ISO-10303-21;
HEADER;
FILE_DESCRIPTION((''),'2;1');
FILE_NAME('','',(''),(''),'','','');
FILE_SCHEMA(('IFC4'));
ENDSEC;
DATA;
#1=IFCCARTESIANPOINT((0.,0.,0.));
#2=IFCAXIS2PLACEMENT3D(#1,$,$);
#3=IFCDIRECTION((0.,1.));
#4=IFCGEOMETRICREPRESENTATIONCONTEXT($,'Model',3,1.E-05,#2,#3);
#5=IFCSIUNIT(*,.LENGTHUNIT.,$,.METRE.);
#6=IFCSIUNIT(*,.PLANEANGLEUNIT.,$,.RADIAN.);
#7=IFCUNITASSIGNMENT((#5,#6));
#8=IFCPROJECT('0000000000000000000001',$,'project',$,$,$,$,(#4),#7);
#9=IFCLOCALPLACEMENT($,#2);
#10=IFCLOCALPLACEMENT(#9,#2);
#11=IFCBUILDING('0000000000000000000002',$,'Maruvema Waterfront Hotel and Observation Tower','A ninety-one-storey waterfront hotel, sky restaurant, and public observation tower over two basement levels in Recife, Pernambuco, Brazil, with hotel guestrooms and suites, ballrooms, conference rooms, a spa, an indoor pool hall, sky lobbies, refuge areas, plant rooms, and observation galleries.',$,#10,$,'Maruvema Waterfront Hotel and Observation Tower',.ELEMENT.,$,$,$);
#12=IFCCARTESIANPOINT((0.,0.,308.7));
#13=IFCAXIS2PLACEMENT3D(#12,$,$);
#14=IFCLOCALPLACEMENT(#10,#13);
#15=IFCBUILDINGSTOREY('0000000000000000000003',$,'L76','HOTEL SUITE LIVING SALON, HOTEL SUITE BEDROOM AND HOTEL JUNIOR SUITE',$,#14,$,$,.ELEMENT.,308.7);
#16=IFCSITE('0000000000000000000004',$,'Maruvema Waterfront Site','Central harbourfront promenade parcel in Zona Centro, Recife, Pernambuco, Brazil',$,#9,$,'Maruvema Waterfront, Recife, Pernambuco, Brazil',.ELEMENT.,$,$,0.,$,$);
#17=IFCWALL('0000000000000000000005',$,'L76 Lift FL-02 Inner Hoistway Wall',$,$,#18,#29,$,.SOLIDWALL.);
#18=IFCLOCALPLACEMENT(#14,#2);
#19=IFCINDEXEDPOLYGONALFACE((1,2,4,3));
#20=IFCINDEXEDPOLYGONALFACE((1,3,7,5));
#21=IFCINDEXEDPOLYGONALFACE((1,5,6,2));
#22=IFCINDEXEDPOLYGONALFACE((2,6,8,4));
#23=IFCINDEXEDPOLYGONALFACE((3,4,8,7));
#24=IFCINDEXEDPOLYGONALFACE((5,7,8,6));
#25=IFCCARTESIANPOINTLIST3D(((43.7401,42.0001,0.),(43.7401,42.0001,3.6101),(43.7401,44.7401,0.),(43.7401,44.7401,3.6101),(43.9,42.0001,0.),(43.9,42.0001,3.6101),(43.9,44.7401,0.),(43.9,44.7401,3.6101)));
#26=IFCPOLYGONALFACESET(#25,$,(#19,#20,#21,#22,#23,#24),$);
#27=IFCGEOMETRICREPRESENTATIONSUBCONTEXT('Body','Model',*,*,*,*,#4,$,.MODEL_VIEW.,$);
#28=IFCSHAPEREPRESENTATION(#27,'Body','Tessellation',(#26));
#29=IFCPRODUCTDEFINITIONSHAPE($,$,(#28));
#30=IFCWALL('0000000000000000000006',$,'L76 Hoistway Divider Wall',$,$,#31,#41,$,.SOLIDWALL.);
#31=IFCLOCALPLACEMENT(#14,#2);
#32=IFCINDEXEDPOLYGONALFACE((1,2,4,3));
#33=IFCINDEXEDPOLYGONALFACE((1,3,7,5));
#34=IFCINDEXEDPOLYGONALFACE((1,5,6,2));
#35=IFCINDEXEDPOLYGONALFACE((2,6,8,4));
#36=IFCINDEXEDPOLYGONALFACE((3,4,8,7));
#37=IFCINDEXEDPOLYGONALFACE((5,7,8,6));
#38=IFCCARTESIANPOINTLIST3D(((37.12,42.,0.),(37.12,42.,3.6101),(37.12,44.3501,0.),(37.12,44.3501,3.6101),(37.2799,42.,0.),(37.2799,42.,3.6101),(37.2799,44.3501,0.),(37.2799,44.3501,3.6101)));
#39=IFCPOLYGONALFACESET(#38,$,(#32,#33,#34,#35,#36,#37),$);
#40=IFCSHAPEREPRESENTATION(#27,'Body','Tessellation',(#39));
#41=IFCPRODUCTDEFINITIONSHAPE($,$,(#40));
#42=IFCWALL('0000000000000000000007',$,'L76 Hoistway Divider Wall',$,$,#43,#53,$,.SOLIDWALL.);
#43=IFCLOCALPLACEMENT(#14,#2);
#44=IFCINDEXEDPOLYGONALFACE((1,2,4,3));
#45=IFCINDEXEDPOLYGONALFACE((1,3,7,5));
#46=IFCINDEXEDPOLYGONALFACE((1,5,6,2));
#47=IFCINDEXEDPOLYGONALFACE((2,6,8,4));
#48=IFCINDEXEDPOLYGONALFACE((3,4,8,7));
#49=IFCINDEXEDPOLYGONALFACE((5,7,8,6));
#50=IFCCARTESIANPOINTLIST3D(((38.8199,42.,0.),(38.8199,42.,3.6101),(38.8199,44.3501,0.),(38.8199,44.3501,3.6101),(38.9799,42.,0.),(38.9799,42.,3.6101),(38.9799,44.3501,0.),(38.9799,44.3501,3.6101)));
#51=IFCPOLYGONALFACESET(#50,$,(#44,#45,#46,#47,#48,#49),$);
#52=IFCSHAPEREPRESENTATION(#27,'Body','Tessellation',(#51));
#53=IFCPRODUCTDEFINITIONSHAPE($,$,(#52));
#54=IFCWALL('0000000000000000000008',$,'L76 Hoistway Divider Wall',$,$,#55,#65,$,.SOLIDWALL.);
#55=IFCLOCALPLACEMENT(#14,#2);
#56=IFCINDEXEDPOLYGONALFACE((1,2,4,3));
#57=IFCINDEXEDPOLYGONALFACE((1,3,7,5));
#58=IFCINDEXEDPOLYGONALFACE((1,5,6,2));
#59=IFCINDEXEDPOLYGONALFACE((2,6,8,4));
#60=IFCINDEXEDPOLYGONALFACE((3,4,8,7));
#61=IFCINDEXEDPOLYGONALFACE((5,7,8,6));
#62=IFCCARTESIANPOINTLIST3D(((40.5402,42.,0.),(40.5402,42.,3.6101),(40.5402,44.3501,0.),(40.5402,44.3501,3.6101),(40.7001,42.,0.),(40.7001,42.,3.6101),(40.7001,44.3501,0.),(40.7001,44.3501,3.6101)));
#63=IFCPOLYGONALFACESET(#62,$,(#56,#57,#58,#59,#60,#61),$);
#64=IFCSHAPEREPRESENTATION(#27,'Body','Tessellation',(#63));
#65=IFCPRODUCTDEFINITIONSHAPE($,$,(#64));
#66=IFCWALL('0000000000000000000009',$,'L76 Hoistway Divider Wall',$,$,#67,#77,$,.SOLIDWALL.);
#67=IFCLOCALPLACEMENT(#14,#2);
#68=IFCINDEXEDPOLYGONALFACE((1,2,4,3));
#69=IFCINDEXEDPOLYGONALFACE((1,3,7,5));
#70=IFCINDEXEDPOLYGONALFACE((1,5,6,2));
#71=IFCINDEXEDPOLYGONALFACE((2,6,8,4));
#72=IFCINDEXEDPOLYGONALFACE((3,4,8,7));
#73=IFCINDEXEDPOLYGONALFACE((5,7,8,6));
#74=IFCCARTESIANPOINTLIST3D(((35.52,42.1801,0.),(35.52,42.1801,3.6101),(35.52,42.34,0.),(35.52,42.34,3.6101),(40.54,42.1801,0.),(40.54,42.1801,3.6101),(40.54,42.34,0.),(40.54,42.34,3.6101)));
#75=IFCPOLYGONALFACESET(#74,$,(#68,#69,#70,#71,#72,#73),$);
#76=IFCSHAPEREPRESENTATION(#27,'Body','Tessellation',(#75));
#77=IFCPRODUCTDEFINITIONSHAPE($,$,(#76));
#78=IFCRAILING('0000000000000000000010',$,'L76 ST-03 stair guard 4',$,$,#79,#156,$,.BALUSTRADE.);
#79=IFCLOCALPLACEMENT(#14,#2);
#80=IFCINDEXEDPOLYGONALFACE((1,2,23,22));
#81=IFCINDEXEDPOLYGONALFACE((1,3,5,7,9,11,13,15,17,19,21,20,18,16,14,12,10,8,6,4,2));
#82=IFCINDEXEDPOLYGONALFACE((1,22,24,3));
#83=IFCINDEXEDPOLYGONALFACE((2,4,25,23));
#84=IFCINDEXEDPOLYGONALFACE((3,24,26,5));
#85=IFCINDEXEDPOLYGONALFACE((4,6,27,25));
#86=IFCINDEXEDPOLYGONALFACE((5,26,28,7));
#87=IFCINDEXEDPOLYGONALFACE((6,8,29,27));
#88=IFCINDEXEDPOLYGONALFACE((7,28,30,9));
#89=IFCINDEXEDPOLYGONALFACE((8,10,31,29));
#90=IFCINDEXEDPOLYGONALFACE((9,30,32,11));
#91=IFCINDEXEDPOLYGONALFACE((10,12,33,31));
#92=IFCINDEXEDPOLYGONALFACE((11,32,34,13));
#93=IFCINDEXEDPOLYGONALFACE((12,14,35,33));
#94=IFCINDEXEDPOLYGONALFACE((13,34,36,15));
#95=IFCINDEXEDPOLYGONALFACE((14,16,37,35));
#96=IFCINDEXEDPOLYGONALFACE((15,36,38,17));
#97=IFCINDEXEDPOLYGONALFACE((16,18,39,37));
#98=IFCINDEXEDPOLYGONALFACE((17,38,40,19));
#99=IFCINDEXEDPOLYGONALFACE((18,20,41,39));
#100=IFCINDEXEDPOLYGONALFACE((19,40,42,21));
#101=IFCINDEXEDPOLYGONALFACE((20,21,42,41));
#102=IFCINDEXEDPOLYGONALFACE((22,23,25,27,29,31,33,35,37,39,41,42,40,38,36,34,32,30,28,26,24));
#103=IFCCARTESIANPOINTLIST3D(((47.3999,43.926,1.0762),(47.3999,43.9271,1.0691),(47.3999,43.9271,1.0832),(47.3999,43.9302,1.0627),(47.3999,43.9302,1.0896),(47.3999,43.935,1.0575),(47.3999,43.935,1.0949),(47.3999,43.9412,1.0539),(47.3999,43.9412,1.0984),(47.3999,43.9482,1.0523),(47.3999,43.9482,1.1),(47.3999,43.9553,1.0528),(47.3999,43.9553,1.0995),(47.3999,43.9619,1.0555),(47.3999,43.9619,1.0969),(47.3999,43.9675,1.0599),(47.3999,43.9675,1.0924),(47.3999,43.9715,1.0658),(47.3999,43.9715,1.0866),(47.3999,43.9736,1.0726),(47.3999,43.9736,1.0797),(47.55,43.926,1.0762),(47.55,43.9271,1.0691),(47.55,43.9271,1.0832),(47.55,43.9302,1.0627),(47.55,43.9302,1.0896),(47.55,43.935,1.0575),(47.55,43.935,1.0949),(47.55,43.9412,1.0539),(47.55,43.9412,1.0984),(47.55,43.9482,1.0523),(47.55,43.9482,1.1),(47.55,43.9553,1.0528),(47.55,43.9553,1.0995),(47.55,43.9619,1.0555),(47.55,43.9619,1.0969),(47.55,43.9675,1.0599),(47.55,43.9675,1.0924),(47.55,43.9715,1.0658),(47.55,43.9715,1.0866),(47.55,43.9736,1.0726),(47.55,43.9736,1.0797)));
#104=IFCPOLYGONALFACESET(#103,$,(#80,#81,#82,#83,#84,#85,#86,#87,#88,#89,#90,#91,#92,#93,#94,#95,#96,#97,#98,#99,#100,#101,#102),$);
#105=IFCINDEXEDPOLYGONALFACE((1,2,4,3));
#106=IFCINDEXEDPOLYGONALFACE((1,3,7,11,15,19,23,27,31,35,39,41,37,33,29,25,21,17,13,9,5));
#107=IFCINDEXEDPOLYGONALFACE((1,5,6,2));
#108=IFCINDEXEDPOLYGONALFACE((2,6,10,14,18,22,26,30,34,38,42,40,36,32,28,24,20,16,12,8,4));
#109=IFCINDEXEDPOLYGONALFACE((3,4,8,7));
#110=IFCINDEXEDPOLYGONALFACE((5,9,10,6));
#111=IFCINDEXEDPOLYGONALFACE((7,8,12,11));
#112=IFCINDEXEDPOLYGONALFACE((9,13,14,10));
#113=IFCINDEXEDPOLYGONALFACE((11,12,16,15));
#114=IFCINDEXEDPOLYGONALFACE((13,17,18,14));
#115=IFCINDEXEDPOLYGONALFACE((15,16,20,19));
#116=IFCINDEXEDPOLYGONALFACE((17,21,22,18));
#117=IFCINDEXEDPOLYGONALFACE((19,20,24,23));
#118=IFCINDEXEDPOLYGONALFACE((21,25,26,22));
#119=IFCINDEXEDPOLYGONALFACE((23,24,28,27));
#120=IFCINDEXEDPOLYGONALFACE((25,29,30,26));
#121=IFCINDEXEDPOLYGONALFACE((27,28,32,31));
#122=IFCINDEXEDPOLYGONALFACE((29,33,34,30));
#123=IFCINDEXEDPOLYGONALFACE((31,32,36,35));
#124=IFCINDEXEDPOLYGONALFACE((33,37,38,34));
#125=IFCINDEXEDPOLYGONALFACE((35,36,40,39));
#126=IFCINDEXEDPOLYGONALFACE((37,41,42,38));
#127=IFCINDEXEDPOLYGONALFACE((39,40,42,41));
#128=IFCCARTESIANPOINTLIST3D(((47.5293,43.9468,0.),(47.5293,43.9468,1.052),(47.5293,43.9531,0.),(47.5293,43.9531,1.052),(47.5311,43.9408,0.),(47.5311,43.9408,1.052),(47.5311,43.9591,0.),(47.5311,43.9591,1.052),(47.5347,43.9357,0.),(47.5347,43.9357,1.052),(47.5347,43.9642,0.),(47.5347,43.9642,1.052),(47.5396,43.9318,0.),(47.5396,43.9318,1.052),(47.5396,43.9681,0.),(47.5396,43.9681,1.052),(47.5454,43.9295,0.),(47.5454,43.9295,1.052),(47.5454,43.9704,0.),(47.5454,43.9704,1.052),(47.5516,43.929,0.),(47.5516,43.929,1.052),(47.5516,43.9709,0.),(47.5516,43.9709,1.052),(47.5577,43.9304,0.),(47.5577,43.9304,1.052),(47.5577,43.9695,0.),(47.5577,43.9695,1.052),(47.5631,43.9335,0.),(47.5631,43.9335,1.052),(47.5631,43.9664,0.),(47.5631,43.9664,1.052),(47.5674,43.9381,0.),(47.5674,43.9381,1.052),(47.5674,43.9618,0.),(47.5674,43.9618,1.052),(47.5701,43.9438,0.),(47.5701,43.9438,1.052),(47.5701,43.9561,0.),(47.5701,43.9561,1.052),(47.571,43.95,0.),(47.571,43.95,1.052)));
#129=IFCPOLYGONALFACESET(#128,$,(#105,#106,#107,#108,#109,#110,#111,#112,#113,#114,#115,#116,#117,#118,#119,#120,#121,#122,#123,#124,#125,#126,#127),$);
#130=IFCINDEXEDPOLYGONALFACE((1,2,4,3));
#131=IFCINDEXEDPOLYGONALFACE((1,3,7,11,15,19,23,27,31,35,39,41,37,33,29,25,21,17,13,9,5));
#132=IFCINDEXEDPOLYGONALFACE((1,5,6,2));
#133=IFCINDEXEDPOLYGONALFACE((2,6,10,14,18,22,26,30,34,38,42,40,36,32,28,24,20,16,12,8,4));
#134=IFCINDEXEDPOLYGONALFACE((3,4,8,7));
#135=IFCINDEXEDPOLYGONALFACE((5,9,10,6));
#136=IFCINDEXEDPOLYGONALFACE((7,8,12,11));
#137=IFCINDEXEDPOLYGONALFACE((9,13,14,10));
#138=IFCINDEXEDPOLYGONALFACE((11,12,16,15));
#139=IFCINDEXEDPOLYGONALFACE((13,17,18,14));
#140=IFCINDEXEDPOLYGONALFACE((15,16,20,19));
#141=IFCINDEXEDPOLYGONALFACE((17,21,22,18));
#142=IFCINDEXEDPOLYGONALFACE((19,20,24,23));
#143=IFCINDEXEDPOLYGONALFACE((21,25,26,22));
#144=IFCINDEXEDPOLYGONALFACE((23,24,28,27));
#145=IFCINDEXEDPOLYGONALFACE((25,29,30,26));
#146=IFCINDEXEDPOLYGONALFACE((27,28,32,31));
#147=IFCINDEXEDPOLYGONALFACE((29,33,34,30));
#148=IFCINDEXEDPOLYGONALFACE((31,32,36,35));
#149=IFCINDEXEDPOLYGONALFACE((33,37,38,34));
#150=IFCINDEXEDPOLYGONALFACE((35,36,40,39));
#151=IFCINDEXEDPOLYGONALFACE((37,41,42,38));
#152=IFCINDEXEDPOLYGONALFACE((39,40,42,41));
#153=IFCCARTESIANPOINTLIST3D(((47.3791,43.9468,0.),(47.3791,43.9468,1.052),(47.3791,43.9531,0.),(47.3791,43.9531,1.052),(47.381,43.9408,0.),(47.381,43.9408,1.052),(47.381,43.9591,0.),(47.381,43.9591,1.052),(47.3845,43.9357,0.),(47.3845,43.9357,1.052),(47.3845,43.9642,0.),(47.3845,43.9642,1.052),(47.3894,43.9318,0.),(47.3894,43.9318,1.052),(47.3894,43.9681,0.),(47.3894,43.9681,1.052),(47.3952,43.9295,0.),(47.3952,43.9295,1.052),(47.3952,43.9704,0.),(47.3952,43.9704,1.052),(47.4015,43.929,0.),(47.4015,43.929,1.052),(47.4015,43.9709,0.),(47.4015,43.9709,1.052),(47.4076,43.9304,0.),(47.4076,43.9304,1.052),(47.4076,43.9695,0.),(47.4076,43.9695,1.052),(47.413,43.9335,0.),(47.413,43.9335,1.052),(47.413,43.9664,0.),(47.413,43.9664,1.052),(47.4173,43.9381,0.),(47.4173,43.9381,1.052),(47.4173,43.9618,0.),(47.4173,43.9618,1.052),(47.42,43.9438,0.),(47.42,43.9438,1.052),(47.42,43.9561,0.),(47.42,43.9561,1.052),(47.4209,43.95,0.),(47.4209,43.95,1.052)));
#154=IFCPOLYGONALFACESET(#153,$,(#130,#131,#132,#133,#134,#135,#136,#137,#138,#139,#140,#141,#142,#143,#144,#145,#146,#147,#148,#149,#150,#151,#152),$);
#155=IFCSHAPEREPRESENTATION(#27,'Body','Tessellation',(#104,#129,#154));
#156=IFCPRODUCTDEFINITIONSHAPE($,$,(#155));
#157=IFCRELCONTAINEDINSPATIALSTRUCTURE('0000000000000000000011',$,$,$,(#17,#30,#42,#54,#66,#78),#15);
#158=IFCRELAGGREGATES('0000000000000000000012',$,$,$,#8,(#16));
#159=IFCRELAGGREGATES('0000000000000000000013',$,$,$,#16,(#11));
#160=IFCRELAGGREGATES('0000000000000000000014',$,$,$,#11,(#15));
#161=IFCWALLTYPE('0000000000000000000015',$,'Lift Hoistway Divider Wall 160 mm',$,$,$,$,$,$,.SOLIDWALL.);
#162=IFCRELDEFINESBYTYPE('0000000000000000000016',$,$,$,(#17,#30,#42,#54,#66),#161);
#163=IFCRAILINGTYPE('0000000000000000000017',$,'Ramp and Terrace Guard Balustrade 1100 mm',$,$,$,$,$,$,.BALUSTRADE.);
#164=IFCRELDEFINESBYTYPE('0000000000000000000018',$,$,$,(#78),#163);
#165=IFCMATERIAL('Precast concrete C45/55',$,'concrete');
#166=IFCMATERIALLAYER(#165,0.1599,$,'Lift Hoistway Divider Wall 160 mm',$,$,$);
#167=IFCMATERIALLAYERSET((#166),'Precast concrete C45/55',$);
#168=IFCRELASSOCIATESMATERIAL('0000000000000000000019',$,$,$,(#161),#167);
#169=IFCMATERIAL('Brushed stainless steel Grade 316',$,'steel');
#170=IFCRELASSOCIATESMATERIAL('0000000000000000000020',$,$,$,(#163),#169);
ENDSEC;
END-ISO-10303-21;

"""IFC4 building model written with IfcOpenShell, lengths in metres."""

from ifc_helpers import new_model, si_unit, direction, frame, frame_2d, origin, origin_2d, place, context, subcontext, project, spatial, rectangle, circle, extrude, material, layer, layer_set, type_object, element, save


model = new_model("IFC4")

# Units and contexts
model_context = context("Model", 3, precision=1e-05, world=origin(), true_north=direction((0.0, 1.0)))
body_context = subcontext(model_context, "Body", "Model", "MODEL_VIEW")
ifc_project = project(units=[si_unit("LENGTHUNIT", "METRE"), si_unit("PLANEANGLEUNIT", "RADIAN")], contexts=[model_context])

# Site, building, storey
site_placement = place(None, origin())
site = spatial("IfcSite", under=ifc_project, at=site_placement, Name="Maruvema Waterfront Site", Description="Central harbourfront promenade parcel in Zona Centro, Recife, Pernambuco, Brazil", LongName="Maruvema Waterfront, Recife, Pernambuco, Brazil", CompositionType="ELEMENT", RefElevation=0.0)
building_placement = place(site_placement, origin())
building = spatial("IfcBuilding", under=site, at=building_placement, Name="Maruvema Waterfront Hotel and Observation Tower", Description="A ninety-one-storey waterfront hotel, sky restaurant, and public observation tower over two basement levels in Recife, Pernambuco, Brazil, with hotel guestrooms and suites, ballrooms, conference rooms, a spa, an indoor pool hall, sky lobbies, refuge areas, plant rooms, and observation galleries.", LongName="Maruvema Waterfront Hotel and Observation Tower", CompositionType="ELEMENT")
storey_placement = place(building_placement, frame((0.0, 0.0, 308.7)))
storey = spatial("IfcBuildingStorey", under=building, at=storey_placement, Name="L76", Description="HOTEL SUITE LIVING SALON, HOTEL SUITE BEDROOM AND HOTEL JUNIOR SUITE", CompositionType="ELEMENT", Elevation=308.7)

# Walls
ifc_material_1 = material(Name="Precast concrete C45/55", Category="concrete")
ifc_layer_1 = layer(ifc_material_1, 0.1599, Name="Lift Hoistway Divider Wall 160 mm")
ifc_layer_set_1 = layer_set([ifc_layer_1], Name="Precast concrete C45/55")
wall_type_1 = type_object("IfcWallType", Name="Lift Hoistway Divider Wall 160 mm", PredefinedType="SOLIDWALL", material=ifc_layer_set_1)
wall_1_placement = place(storey_placement, frame((43.8201, 42.0, 0.0), z_axis=(0.0, 0.0, 1.0), x_axis=(0.0, 1.0, 0.0)))
element("IfcWall", 1, at=wall_1_placement, inside=storey, type_object=wall_type_1, Name="L76 Lift FL-02 Inner Hoistway Wall", PredefinedType="SOLIDWALL", context=body_context, shape_type="SweptSolid", body=[
    extrude(rectangle(XDim=2.74, YDim=0.1599, at=frame_2d((1.3701, 0.0))), origin(), (0.0, 0.0, 1.0), 3.6101),
])
for number, where, z_axis, x_axis, name in (
    (2, (37.2, 42.0, 0.0), (0.0, 0.0, 1.0), (0.0, 1.0, 0.0), "L76 Hoistway Divider Wall"),
    (3, (38.8999, 42.0, 0.0), (0.0, 0.0, 1.0), (0.0, 1.0, 0.0), "L76 Hoistway Divider Wall"),
    (4, (40.6201, 42.0, 0.0), (0.0, 0.0, 1.0), (0.0, 1.0, 0.0), "L76 Hoistway Divider Wall"),
):
    element("IfcWall", number, at=place(storey_placement, frame(where, z_axis=z_axis, x_axis=x_axis)), inside=storey, type_object=wall_type_1, Name=name, PredefinedType="SOLIDWALL", context=body_context, shape_type="SweptSolid", body=[
        extrude(rectangle(XDim=2.3501, YDim=0.1599, at=frame_2d((1.175, 0.0))), origin(), (0.0, 0.0, 1.0), 3.6101),
    ])
wall_2_placement = place(storey_placement, frame((35.52, 42.26, 0.0), z_axis=(0.0, 0.0, 1.0), x_axis=(1.0, 0.0, 0.0)))
element("IfcWall", 5, at=wall_2_placement, inside=storey, type_object=wall_type_1, Name="L76 Hoistway Divider Wall", PredefinedType="SOLIDWALL", context=body_context, shape_type="SweptSolid", body=[
    extrude(rectangle(XDim=5.02, YDim=0.1599, at=frame_2d((2.51, 0.0))), origin(), (0.0, 0.0, 1.0), 3.6101),
])

# Railing
ifc_material_2 = material(Name="Brushed stainless steel Grade 316", Category="steel")
railing_type = type_object("IfcRailingType", Name="Ramp and Terrace Guard Balustrade 1100 mm", PredefinedType="BALUSTRADE", material=ifc_material_2)
railing_placement = place(storey_placement, frame((47.55, 43.95, 0.0)))
element("IfcRailing", 6, at=railing_placement, inside=storey, type_object=railing_type, Name="L76 ST-03 stair guard 4", PredefinedType="BALUSTRADE", context=body_context, shape_type="SweptSolid", body=[
    extrude(circle(Radius=0.0239, at=origin_2d()), frame((0.0, 0.0, 1.0762), z_axis=(-1.0, 0.0, 0.0), x_axis=(0.0, -1.0, 0.0)), (0.0, 0.0, 1.0), 0.1501),
    extrude(circle(Radius=0.021, at=origin_2d()), origin(), (0.0, 0.0, 1.0), 1.052),
    extrude(circle(Radius=0.021, at=origin_2d()), frame((-0.1501, 0.0, 0.0)), (0.0, 0.0, 1.0), 1.052),
])

save(model, "model.ifc")
